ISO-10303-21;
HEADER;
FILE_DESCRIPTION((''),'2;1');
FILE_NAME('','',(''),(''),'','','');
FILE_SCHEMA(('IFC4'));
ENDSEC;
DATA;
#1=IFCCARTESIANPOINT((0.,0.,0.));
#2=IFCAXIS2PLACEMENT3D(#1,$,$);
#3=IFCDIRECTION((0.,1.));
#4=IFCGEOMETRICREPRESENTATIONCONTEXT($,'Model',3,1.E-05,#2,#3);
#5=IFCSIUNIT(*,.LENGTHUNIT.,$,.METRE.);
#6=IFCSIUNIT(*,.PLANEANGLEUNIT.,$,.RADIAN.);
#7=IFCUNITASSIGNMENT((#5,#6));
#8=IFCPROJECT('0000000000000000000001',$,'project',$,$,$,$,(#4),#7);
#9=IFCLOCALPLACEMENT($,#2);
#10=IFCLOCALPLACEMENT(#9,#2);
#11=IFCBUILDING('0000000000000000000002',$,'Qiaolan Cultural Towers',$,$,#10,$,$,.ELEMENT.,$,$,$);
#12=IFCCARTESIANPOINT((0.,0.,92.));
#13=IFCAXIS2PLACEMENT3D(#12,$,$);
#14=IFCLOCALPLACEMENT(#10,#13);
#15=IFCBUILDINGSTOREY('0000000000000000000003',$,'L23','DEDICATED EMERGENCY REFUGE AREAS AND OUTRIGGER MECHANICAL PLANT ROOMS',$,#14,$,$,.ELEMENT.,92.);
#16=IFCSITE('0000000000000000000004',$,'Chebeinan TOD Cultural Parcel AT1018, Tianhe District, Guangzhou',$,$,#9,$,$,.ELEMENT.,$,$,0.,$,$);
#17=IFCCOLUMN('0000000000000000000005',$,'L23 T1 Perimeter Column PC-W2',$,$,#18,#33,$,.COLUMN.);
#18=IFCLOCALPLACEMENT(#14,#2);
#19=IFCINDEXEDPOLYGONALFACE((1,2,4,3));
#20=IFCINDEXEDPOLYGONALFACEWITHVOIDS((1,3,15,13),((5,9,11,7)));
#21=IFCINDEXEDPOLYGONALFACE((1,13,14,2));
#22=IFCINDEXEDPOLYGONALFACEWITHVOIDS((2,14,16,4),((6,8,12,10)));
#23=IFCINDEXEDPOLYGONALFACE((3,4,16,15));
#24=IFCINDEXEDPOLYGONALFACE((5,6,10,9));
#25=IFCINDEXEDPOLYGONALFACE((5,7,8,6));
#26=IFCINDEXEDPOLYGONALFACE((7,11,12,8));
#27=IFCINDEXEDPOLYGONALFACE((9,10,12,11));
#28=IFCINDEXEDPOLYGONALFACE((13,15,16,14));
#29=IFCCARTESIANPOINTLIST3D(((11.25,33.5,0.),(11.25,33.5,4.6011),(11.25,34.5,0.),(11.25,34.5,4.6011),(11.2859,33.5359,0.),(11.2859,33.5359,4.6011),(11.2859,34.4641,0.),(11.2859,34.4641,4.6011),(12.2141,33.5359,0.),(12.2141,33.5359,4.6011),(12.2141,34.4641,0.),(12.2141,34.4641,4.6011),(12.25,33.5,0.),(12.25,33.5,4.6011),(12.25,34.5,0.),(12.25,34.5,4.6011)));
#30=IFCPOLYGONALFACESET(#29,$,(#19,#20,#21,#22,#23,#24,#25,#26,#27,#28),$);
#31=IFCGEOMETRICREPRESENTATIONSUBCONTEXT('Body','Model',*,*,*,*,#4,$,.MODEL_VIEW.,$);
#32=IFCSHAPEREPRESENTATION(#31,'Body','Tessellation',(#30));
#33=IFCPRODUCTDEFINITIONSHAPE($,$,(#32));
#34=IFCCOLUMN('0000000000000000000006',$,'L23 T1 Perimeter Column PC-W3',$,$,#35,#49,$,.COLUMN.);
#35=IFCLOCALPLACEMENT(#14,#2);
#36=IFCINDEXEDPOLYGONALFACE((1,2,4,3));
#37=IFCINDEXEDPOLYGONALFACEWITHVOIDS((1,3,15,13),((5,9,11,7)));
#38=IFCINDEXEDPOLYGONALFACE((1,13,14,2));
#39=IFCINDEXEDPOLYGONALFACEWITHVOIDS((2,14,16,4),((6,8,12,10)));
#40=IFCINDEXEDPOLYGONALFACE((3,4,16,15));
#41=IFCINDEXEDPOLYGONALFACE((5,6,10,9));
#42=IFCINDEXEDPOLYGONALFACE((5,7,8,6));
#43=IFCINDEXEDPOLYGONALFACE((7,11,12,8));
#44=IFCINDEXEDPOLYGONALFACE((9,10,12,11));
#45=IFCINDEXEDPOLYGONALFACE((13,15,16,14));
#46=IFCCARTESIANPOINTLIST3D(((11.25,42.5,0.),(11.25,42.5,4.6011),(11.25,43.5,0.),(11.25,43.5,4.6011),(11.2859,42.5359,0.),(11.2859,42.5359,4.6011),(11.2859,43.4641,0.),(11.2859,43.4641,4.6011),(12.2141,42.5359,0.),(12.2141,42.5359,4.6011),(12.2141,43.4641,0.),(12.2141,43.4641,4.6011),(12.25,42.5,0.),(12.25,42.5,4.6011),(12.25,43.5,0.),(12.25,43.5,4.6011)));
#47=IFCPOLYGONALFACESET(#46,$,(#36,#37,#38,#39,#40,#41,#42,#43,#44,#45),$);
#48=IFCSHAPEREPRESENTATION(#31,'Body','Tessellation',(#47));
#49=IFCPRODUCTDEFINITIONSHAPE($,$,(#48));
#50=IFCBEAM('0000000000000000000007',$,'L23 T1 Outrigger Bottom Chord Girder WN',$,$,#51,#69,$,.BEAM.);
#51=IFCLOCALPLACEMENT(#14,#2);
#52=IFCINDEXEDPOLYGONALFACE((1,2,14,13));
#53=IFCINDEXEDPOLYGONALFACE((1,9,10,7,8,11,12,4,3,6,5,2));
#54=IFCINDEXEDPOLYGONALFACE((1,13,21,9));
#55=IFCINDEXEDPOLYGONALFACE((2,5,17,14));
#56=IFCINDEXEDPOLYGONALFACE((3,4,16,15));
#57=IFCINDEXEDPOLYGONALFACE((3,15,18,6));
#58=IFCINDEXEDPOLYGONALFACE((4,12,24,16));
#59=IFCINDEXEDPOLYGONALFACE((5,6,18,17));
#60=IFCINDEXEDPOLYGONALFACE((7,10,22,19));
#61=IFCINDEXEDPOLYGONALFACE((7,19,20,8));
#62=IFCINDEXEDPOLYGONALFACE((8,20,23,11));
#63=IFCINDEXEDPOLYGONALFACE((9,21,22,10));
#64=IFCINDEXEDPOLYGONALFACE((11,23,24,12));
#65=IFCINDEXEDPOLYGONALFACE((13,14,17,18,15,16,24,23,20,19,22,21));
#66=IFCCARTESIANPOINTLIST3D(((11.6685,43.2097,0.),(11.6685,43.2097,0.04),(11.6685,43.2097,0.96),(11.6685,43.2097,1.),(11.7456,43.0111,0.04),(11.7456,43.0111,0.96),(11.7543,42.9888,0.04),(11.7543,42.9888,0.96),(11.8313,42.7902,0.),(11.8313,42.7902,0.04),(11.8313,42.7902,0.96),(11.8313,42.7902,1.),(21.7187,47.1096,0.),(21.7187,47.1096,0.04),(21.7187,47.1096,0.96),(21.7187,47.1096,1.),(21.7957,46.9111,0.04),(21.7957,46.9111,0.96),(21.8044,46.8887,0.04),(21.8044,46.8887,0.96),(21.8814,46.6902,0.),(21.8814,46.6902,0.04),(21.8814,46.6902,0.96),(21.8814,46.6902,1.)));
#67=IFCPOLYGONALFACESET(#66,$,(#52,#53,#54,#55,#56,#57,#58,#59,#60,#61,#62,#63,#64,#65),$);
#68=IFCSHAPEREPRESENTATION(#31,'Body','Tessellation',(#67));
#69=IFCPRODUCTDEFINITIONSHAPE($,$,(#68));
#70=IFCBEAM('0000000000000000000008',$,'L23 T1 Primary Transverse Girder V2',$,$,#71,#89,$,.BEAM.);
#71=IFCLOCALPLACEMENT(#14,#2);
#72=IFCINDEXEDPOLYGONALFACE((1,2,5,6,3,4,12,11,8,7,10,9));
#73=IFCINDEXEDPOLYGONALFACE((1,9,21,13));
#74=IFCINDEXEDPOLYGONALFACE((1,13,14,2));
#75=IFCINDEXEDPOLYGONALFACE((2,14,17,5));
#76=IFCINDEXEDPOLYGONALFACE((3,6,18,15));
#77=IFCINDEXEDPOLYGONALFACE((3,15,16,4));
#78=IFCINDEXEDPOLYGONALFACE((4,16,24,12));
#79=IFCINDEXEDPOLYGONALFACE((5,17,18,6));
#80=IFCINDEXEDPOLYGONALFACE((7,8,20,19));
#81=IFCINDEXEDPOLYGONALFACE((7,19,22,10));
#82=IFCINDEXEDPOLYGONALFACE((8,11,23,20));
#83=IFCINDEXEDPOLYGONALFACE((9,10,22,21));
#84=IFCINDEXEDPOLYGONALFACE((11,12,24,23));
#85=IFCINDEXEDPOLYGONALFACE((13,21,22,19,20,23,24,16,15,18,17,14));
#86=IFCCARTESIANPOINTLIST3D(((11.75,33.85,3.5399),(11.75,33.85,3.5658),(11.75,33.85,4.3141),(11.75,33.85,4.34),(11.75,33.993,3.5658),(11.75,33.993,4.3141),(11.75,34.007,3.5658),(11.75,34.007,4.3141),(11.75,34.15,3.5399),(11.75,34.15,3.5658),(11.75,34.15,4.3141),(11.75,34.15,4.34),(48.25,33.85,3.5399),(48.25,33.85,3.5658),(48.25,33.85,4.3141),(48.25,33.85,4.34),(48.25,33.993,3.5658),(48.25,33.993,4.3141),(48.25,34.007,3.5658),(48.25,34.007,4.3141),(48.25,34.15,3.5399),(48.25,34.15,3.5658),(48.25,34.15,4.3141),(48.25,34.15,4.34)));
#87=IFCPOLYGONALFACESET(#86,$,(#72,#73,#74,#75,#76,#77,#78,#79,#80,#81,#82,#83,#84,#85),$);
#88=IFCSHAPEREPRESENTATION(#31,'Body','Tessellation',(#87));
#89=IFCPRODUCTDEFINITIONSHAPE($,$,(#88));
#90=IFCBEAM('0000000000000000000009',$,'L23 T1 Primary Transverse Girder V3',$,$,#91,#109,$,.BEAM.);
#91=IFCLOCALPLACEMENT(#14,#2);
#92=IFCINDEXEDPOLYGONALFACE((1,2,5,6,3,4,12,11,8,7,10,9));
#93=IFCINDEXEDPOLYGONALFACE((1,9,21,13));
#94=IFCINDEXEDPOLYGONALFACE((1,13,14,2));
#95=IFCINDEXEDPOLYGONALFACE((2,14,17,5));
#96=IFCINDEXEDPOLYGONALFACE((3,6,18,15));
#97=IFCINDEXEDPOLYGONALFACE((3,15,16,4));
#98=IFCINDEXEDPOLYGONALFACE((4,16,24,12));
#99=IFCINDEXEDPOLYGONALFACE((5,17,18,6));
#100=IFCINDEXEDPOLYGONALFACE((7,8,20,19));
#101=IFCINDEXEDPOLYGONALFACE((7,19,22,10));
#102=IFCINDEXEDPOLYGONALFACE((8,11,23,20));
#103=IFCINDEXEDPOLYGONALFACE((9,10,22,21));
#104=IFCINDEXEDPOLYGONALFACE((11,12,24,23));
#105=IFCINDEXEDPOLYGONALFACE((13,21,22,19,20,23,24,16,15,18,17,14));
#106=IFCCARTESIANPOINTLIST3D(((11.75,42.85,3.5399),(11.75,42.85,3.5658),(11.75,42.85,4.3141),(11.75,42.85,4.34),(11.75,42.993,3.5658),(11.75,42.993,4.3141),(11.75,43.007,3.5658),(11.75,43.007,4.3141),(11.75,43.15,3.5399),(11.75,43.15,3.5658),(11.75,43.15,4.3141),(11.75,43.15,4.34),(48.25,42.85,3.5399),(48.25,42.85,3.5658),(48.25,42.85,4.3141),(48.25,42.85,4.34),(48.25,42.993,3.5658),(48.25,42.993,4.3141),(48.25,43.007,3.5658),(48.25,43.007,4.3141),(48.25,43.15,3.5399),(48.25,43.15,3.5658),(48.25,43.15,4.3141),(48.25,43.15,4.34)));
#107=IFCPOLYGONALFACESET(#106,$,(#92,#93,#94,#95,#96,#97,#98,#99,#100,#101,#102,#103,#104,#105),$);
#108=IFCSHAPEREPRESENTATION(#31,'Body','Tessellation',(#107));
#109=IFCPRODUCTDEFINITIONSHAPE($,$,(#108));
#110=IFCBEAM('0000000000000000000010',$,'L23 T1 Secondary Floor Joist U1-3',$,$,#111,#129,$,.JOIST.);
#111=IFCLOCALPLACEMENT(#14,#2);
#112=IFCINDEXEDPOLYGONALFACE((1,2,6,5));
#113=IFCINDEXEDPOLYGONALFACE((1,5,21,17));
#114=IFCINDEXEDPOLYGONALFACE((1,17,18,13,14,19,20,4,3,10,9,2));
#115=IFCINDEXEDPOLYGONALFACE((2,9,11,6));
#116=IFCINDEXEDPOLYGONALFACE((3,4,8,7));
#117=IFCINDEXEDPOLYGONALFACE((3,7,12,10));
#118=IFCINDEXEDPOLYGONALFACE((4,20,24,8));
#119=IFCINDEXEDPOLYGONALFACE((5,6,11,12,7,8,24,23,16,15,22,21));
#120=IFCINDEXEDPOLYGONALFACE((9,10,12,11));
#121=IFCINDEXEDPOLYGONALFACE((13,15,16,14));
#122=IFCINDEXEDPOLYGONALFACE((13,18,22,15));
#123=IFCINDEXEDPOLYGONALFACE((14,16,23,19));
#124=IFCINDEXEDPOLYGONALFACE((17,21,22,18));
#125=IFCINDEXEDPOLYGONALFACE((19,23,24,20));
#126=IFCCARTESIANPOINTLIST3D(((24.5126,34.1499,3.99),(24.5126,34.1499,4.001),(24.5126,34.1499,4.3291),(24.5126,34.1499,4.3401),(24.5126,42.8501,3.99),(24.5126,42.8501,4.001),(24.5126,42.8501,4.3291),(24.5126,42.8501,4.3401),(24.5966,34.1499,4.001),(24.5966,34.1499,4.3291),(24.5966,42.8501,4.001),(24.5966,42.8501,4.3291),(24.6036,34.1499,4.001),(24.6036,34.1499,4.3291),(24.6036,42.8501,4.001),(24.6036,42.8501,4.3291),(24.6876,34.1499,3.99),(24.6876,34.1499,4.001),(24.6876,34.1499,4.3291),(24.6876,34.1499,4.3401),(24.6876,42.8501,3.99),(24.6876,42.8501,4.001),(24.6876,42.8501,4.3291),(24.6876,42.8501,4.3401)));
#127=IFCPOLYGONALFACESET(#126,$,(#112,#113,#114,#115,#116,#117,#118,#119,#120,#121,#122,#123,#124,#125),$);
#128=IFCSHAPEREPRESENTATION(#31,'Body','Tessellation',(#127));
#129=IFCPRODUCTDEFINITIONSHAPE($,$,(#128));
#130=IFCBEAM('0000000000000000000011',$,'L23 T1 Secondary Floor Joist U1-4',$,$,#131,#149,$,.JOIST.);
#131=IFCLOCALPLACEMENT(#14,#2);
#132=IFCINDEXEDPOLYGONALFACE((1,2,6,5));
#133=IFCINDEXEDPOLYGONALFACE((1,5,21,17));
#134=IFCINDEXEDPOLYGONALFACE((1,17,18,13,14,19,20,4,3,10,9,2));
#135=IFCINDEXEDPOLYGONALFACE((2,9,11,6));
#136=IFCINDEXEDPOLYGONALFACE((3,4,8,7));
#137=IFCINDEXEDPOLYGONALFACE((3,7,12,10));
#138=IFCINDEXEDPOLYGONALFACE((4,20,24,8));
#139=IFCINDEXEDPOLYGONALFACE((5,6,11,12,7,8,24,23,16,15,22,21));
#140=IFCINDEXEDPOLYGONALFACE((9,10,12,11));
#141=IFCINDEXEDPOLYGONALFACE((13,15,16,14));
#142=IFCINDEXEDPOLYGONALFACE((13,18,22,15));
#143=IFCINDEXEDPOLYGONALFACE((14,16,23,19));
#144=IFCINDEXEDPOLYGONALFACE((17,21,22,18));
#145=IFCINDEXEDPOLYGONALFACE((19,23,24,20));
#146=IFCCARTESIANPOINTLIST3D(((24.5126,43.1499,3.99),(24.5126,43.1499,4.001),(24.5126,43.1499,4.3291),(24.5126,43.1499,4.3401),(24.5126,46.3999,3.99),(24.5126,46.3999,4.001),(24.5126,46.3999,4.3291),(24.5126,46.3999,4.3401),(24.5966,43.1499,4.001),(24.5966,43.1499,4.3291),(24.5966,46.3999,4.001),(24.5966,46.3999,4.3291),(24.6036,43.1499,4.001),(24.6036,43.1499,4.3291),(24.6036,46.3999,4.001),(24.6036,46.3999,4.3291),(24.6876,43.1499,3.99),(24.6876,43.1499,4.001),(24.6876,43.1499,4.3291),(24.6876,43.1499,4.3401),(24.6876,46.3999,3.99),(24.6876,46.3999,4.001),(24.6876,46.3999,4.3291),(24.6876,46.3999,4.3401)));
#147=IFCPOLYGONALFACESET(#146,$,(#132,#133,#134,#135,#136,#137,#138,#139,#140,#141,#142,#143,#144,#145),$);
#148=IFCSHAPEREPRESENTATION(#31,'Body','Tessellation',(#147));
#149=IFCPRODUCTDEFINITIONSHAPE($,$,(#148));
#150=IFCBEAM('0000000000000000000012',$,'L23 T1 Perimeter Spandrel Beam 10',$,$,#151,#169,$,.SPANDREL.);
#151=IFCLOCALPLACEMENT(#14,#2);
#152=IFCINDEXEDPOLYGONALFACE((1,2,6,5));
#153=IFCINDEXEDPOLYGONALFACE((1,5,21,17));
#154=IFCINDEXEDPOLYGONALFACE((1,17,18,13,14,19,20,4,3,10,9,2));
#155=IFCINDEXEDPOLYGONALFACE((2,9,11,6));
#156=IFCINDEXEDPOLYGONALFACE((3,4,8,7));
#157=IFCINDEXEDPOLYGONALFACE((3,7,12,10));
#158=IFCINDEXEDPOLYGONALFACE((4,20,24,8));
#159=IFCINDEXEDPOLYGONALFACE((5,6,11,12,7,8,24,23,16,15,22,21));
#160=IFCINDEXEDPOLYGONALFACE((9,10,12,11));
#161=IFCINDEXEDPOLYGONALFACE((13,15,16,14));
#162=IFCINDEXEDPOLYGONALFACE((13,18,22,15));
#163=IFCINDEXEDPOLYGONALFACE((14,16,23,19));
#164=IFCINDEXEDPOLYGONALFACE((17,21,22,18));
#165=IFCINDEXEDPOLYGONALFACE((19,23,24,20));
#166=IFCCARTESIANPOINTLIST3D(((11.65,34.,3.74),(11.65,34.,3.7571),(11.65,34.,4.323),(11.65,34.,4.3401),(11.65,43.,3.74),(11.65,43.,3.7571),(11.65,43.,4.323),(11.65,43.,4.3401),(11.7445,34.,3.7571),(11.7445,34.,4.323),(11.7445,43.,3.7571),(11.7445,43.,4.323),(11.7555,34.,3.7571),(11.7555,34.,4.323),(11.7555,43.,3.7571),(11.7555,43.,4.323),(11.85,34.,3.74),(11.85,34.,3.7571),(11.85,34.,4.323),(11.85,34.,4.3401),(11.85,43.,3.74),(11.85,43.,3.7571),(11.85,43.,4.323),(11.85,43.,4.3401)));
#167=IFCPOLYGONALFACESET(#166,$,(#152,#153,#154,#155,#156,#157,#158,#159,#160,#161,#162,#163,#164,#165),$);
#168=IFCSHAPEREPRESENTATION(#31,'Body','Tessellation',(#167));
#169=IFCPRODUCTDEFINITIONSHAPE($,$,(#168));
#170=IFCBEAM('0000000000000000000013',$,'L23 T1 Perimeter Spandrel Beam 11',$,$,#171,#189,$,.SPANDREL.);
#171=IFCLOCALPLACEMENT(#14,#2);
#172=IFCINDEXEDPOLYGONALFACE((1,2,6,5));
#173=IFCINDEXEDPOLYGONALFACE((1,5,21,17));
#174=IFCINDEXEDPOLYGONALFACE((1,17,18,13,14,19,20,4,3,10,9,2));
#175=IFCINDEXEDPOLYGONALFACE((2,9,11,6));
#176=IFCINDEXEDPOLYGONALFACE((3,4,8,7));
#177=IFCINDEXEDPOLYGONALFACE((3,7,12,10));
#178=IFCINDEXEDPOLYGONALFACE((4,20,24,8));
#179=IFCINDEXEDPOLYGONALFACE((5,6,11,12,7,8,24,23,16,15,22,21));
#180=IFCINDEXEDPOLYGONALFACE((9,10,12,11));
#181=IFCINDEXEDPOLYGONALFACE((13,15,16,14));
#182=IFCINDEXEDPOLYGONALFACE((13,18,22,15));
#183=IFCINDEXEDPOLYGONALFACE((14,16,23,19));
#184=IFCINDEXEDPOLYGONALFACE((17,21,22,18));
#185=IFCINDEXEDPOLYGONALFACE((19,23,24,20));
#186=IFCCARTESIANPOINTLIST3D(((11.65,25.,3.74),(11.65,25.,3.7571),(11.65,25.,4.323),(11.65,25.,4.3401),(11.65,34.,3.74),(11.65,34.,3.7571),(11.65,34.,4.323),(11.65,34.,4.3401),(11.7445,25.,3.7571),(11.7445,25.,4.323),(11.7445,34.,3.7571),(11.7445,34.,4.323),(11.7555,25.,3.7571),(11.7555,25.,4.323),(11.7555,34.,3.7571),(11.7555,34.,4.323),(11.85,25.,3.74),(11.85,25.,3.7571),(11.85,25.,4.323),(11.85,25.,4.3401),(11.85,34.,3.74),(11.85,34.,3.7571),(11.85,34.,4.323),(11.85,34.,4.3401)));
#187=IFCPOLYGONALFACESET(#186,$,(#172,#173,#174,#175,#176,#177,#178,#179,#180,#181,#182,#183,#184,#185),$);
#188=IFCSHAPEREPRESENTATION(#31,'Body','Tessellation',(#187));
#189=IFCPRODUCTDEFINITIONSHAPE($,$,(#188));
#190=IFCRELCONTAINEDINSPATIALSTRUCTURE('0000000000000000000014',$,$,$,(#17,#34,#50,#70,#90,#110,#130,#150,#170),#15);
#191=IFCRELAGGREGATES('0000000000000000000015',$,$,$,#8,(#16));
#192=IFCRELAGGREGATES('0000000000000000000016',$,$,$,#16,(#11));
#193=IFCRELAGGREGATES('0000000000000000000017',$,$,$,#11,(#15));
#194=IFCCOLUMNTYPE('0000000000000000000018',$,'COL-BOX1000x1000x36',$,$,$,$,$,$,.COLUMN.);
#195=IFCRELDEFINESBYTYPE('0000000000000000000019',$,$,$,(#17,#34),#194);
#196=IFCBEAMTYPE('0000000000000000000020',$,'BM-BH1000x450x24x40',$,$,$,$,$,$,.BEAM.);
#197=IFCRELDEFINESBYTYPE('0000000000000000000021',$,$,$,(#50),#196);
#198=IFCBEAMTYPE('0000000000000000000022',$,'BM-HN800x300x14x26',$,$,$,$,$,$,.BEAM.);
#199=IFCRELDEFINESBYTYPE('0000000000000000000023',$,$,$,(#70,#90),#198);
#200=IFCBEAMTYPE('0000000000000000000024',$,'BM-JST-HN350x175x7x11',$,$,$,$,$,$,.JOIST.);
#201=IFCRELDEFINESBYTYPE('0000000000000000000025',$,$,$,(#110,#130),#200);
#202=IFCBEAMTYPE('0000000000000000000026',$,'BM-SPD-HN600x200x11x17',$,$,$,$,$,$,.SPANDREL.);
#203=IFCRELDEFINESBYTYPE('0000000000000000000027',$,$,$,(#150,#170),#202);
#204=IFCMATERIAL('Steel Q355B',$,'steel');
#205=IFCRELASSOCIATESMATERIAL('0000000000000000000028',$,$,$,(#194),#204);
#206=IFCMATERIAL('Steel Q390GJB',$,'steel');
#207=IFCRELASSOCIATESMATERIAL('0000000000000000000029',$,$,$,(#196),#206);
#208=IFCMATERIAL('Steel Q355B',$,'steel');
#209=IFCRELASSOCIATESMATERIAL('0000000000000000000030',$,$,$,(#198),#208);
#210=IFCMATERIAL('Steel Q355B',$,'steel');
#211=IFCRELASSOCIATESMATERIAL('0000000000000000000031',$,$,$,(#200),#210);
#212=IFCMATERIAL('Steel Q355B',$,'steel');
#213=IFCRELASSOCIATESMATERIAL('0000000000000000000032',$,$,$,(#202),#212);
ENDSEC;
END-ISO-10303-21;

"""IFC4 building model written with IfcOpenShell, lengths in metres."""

from ifc_helpers import new_model, si_unit, direction, frame, origin, origin_2d, place, context, subcontext, project, spatial, hollow_rectangle, i_section, extrude, material, material_profile, profile_set, type_object, element, save


model = new_model("IFC4")

# Units and contexts
model_context = context("Model", 3, precision=1e-05, world=origin(), true_north=direction((0.0, 1.0)))
body_context = subcontext(model_context, "Body", "Model", "MODEL_VIEW")
ifc_project = project(units=[si_unit("LENGTHUNIT", "METRE"), si_unit("PLANEANGLEUNIT", "RADIAN")], contexts=[model_context])

# Site, building, storey
site_placement = place(None, origin())
site = spatial("IfcSite", under=ifc_project, at=site_placement, Name="Chebeinan TOD Cultural Parcel AT1018, Tianhe District, Guangzhou", CompositionType="ELEMENT", RefElevation=0.0)
building_placement = place(site_placement, origin())
building = spatial("IfcBuilding", under=site, at=building_placement, Name="Qiaolan Cultural Towers", CompositionType="ELEMENT")
storey_placement = place(building_placement, frame((0.0, 0.0, 92.0)))
storey = spatial("IfcBuildingStorey", under=building, at=storey_placement, Name="L23", Description="DEDICATED EMERGENCY REFUGE AREAS AND OUTRIGGER MECHANICAL PLANT ROOMS", CompositionType="ELEMENT", Elevation=92.0)

# Columns
ifc_material_1 = material(Name="Steel Q355B", Category="steel")
ifc_material_profile_1 = material_profile(ifc_material_1, hollow_rectangle(XDim=1.0, YDim=1.0, WallThickness=0.0359, at=origin_2d()), Name="BOX1000x1000x36")
ifc_profile_set_1 = profile_set([ifc_material_profile_1], Name="Steel Q355B")
column_type = type_object("IfcColumnType", Name="COL-BOX1000x1000x36", PredefinedType="COLUMN", material=ifc_profile_set_1)
for number, where, z_axis, x_axis, name in (
    (1, (11.75, 34.0, 0.0), (0.0, 0.0, 1.0), (1.0, 0.0, 0.0), "L23 T1 Perimeter Column PC-W2"),
    (2, (11.75, 43.0, 0.0), (0.0, 0.0, 1.0), (1.0, 0.0, 0.0), "L23 T1 Perimeter Column PC-W3"),
):
    element("IfcColumn", number, at=place(storey_placement, frame(where, z_axis=z_axis, x_axis=x_axis)), inside=storey, type_object=column_type, Name=name, PredefinedType="COLUMN", context=body_context, shape_type="SweptSolid", body=[
        extrude(hollow_rectangle(XDim=1.0, YDim=1.0, WallThickness=0.0359, at=origin_2d()), origin(), (0.0, 0.0, 1.0), 4.6011),
    ])

# Beams
ifc_material_2 = material(Name="Steel Q390GJB", Category="steel")
ifc_material_profile_2 = material_profile(ifc_material_2, i_section(OverallWidth=0.45, OverallDepth=1.0, WebThickness=0.0239, FlangeThickness=0.04, at=origin_2d()), Name="BH1000x450x24x40")
ifc_profile_set_2 = profile_set([ifc_material_profile_2], Name="Steel Q390GJB")
beam_type_1 = type_object("IfcBeamType", Name="BM-BH1000x450x24x40", PredefinedType="BEAM", material=ifc_profile_set_2)
beam_1_placement = place(storey_placement, frame((21.8, 46.8999, 0.5), z_axis=(-0.932269, -0.361765, 0.0), x_axis=(0.361765, -0.932269, 0.0)))
element("IfcBeam", 3, at=beam_1_placement, inside=storey, type_object=beam_type_1, Name="L23 T1 Outrigger Bottom Chord Girder WN", PredefinedType="BEAM", context=body_context, shape_type="SweptSolid", body=[
    extrude(i_section(OverallWidth=0.45, OverallDepth=1.0, WebThickness=0.0239, FlangeThickness=0.04, at=origin_2d()), origin(), (0.0, 0.0, 1.0), 10.7803),
])
ifc_material_3 = material(Name="Steel Q355B", Category="steel")
ifc_material_profile_3 = material_profile(ifc_material_3, i_section(OverallWidth=0.3, OverallDepth=0.8, WebThickness=0.0139, FlangeThickness=0.0259, at=origin_2d()), Name="HN800x300x14x26")
ifc_profile_set_3 = profile_set([ifc_material_profile_3], Name="Steel Q355B")
beam_type_2 = type_object("IfcBeamType", Name="BM-HN800x300x14x26", PredefinedType="BEAM", material=ifc_profile_set_3)
for number, where, z_axis, x_axis, name in (
    (4, (11.75, 34.0, 3.9399), (1.0, 0.0, 0.0), (0.0, 1.0, 0.0), "L23 T1 Primary Transverse Girder V2"),
    (5, (11.75, 43.0, 3.9399), (1.0, 0.0, 0.0), (0.0, 1.0, 0.0), "L23 T1 Primary Transverse Girder V3"),
):
    element("IfcBeam", number, at=place(storey_placement, frame(where, z_axis=z_axis, x_axis=x_axis)), inside=storey, type_object=beam_type_2, Name=name, PredefinedType="BEAM", context=body_context, shape_type="SweptSolid", body=[
        extrude(i_section(OverallWidth=0.3, OverallDepth=0.8, WebThickness=0.0139, FlangeThickness=0.0259, at=origin_2d()), origin(), (0.0, 0.0, 1.0), 36.5),
    ])
ifc_material_4 = material(Name="Steel Q355B", Category="steel")
ifc_material_profile_4 = material_profile(ifc_material_4, i_section(OverallWidth=0.175, OverallDepth=0.3501, WebThickness=0.0071, FlangeThickness=0.011, at=origin_2d()), Name="HN350x175x7x11")
ifc_profile_set_4 = profile_set([ifc_material_profile_4], Name="Steel Q355B")
beam_type_3 = type_object("IfcBeamType", Name="BM-JST-HN350x175x7x11", PredefinedType="JOIST", material=ifc_profile_set_4)
beam_2_placement = place(storey_placement, frame((24.6001, 34.1499, 4.165), z_axis=(0.0, 1.0, 0.0), x_axis=(-1.0, 0.0, 0.0)))
element("IfcBeam", 6, at=beam_2_placement, inside=storey, type_object=beam_type_3, Name="L23 T1 Secondary Floor Joist U1-3", PredefinedType="JOIST", context=body_context, shape_type="SweptSolid", body=[
    extrude(i_section(OverallWidth=0.175, OverallDepth=0.3501, WebThickness=0.0071, FlangeThickness=0.011, at=origin_2d()), origin(), (0.0, 0.0, 1.0), 8.7002),
])
beam_3_placement = place(storey_placement, frame((24.6001, 43.1499, 4.165), z_axis=(0.0, 1.0, 0.0), x_axis=(-1.0, 0.0, 0.0)))
element("IfcBeam", 7, at=beam_3_placement, inside=storey, type_object=beam_type_3, Name="L23 T1 Secondary Floor Joist U1-4", PredefinedType="JOIST", context=body_context, shape_type="SweptSolid", body=[
    extrude(i_section(OverallWidth=0.175, OverallDepth=0.3501, WebThickness=0.0071, FlangeThickness=0.011, at=origin_2d()), origin(), (0.0, 0.0, 1.0), 3.25),
])
ifc_material_5 = material(Name="Steel Q355B", Category="steel")
ifc_material_profile_5 = material_profile(ifc_material_5, i_section(OverallWidth=0.2, OverallDepth=0.6001, WebThickness=0.011, FlangeThickness=0.0171, at=origin_2d()), Name="HN600x200x11x17")
ifc_profile_set_5 = profile_set([ifc_material_profile_5], Name="Steel Q355B")
beam_type_4 = type_object("IfcBeamType", Name="BM-SPD-HN600x200x11x17", PredefinedType="SPANDREL", material=ifc_profile_set_5)
for number, where, z_axis, x_axis, name in (
    (8, (11.75, 43.0, 4.04), (0.0, -1.0, 0.0), (1.0, 0.0, 0.0), "L23 T1 Perimeter Spandrel Beam 10"),
    (9, (11.75, 34.0, 4.04), (0.0, -1.0, 0.0), (1.0, 0.0, 0.0), "L23 T1 Perimeter Spandrel Beam 11"),
):
    element("IfcBeam", number, at=place(storey_placement, frame(where, z_axis=z_axis, x_axis=x_axis)), inside=storey, type_object=beam_type_4, Name=name, PredefinedType="SPANDREL", context=body_context, shape_type="SweptSolid", body=[
        extrude(i_section(OverallWidth=0.2, OverallDepth=0.6001, WebThickness=0.011, FlangeThickness=0.0171, at=origin_2d()), origin(), (0.0, 0.0, 1.0), 9.0),
    ])

save(model, "model.ifc")
